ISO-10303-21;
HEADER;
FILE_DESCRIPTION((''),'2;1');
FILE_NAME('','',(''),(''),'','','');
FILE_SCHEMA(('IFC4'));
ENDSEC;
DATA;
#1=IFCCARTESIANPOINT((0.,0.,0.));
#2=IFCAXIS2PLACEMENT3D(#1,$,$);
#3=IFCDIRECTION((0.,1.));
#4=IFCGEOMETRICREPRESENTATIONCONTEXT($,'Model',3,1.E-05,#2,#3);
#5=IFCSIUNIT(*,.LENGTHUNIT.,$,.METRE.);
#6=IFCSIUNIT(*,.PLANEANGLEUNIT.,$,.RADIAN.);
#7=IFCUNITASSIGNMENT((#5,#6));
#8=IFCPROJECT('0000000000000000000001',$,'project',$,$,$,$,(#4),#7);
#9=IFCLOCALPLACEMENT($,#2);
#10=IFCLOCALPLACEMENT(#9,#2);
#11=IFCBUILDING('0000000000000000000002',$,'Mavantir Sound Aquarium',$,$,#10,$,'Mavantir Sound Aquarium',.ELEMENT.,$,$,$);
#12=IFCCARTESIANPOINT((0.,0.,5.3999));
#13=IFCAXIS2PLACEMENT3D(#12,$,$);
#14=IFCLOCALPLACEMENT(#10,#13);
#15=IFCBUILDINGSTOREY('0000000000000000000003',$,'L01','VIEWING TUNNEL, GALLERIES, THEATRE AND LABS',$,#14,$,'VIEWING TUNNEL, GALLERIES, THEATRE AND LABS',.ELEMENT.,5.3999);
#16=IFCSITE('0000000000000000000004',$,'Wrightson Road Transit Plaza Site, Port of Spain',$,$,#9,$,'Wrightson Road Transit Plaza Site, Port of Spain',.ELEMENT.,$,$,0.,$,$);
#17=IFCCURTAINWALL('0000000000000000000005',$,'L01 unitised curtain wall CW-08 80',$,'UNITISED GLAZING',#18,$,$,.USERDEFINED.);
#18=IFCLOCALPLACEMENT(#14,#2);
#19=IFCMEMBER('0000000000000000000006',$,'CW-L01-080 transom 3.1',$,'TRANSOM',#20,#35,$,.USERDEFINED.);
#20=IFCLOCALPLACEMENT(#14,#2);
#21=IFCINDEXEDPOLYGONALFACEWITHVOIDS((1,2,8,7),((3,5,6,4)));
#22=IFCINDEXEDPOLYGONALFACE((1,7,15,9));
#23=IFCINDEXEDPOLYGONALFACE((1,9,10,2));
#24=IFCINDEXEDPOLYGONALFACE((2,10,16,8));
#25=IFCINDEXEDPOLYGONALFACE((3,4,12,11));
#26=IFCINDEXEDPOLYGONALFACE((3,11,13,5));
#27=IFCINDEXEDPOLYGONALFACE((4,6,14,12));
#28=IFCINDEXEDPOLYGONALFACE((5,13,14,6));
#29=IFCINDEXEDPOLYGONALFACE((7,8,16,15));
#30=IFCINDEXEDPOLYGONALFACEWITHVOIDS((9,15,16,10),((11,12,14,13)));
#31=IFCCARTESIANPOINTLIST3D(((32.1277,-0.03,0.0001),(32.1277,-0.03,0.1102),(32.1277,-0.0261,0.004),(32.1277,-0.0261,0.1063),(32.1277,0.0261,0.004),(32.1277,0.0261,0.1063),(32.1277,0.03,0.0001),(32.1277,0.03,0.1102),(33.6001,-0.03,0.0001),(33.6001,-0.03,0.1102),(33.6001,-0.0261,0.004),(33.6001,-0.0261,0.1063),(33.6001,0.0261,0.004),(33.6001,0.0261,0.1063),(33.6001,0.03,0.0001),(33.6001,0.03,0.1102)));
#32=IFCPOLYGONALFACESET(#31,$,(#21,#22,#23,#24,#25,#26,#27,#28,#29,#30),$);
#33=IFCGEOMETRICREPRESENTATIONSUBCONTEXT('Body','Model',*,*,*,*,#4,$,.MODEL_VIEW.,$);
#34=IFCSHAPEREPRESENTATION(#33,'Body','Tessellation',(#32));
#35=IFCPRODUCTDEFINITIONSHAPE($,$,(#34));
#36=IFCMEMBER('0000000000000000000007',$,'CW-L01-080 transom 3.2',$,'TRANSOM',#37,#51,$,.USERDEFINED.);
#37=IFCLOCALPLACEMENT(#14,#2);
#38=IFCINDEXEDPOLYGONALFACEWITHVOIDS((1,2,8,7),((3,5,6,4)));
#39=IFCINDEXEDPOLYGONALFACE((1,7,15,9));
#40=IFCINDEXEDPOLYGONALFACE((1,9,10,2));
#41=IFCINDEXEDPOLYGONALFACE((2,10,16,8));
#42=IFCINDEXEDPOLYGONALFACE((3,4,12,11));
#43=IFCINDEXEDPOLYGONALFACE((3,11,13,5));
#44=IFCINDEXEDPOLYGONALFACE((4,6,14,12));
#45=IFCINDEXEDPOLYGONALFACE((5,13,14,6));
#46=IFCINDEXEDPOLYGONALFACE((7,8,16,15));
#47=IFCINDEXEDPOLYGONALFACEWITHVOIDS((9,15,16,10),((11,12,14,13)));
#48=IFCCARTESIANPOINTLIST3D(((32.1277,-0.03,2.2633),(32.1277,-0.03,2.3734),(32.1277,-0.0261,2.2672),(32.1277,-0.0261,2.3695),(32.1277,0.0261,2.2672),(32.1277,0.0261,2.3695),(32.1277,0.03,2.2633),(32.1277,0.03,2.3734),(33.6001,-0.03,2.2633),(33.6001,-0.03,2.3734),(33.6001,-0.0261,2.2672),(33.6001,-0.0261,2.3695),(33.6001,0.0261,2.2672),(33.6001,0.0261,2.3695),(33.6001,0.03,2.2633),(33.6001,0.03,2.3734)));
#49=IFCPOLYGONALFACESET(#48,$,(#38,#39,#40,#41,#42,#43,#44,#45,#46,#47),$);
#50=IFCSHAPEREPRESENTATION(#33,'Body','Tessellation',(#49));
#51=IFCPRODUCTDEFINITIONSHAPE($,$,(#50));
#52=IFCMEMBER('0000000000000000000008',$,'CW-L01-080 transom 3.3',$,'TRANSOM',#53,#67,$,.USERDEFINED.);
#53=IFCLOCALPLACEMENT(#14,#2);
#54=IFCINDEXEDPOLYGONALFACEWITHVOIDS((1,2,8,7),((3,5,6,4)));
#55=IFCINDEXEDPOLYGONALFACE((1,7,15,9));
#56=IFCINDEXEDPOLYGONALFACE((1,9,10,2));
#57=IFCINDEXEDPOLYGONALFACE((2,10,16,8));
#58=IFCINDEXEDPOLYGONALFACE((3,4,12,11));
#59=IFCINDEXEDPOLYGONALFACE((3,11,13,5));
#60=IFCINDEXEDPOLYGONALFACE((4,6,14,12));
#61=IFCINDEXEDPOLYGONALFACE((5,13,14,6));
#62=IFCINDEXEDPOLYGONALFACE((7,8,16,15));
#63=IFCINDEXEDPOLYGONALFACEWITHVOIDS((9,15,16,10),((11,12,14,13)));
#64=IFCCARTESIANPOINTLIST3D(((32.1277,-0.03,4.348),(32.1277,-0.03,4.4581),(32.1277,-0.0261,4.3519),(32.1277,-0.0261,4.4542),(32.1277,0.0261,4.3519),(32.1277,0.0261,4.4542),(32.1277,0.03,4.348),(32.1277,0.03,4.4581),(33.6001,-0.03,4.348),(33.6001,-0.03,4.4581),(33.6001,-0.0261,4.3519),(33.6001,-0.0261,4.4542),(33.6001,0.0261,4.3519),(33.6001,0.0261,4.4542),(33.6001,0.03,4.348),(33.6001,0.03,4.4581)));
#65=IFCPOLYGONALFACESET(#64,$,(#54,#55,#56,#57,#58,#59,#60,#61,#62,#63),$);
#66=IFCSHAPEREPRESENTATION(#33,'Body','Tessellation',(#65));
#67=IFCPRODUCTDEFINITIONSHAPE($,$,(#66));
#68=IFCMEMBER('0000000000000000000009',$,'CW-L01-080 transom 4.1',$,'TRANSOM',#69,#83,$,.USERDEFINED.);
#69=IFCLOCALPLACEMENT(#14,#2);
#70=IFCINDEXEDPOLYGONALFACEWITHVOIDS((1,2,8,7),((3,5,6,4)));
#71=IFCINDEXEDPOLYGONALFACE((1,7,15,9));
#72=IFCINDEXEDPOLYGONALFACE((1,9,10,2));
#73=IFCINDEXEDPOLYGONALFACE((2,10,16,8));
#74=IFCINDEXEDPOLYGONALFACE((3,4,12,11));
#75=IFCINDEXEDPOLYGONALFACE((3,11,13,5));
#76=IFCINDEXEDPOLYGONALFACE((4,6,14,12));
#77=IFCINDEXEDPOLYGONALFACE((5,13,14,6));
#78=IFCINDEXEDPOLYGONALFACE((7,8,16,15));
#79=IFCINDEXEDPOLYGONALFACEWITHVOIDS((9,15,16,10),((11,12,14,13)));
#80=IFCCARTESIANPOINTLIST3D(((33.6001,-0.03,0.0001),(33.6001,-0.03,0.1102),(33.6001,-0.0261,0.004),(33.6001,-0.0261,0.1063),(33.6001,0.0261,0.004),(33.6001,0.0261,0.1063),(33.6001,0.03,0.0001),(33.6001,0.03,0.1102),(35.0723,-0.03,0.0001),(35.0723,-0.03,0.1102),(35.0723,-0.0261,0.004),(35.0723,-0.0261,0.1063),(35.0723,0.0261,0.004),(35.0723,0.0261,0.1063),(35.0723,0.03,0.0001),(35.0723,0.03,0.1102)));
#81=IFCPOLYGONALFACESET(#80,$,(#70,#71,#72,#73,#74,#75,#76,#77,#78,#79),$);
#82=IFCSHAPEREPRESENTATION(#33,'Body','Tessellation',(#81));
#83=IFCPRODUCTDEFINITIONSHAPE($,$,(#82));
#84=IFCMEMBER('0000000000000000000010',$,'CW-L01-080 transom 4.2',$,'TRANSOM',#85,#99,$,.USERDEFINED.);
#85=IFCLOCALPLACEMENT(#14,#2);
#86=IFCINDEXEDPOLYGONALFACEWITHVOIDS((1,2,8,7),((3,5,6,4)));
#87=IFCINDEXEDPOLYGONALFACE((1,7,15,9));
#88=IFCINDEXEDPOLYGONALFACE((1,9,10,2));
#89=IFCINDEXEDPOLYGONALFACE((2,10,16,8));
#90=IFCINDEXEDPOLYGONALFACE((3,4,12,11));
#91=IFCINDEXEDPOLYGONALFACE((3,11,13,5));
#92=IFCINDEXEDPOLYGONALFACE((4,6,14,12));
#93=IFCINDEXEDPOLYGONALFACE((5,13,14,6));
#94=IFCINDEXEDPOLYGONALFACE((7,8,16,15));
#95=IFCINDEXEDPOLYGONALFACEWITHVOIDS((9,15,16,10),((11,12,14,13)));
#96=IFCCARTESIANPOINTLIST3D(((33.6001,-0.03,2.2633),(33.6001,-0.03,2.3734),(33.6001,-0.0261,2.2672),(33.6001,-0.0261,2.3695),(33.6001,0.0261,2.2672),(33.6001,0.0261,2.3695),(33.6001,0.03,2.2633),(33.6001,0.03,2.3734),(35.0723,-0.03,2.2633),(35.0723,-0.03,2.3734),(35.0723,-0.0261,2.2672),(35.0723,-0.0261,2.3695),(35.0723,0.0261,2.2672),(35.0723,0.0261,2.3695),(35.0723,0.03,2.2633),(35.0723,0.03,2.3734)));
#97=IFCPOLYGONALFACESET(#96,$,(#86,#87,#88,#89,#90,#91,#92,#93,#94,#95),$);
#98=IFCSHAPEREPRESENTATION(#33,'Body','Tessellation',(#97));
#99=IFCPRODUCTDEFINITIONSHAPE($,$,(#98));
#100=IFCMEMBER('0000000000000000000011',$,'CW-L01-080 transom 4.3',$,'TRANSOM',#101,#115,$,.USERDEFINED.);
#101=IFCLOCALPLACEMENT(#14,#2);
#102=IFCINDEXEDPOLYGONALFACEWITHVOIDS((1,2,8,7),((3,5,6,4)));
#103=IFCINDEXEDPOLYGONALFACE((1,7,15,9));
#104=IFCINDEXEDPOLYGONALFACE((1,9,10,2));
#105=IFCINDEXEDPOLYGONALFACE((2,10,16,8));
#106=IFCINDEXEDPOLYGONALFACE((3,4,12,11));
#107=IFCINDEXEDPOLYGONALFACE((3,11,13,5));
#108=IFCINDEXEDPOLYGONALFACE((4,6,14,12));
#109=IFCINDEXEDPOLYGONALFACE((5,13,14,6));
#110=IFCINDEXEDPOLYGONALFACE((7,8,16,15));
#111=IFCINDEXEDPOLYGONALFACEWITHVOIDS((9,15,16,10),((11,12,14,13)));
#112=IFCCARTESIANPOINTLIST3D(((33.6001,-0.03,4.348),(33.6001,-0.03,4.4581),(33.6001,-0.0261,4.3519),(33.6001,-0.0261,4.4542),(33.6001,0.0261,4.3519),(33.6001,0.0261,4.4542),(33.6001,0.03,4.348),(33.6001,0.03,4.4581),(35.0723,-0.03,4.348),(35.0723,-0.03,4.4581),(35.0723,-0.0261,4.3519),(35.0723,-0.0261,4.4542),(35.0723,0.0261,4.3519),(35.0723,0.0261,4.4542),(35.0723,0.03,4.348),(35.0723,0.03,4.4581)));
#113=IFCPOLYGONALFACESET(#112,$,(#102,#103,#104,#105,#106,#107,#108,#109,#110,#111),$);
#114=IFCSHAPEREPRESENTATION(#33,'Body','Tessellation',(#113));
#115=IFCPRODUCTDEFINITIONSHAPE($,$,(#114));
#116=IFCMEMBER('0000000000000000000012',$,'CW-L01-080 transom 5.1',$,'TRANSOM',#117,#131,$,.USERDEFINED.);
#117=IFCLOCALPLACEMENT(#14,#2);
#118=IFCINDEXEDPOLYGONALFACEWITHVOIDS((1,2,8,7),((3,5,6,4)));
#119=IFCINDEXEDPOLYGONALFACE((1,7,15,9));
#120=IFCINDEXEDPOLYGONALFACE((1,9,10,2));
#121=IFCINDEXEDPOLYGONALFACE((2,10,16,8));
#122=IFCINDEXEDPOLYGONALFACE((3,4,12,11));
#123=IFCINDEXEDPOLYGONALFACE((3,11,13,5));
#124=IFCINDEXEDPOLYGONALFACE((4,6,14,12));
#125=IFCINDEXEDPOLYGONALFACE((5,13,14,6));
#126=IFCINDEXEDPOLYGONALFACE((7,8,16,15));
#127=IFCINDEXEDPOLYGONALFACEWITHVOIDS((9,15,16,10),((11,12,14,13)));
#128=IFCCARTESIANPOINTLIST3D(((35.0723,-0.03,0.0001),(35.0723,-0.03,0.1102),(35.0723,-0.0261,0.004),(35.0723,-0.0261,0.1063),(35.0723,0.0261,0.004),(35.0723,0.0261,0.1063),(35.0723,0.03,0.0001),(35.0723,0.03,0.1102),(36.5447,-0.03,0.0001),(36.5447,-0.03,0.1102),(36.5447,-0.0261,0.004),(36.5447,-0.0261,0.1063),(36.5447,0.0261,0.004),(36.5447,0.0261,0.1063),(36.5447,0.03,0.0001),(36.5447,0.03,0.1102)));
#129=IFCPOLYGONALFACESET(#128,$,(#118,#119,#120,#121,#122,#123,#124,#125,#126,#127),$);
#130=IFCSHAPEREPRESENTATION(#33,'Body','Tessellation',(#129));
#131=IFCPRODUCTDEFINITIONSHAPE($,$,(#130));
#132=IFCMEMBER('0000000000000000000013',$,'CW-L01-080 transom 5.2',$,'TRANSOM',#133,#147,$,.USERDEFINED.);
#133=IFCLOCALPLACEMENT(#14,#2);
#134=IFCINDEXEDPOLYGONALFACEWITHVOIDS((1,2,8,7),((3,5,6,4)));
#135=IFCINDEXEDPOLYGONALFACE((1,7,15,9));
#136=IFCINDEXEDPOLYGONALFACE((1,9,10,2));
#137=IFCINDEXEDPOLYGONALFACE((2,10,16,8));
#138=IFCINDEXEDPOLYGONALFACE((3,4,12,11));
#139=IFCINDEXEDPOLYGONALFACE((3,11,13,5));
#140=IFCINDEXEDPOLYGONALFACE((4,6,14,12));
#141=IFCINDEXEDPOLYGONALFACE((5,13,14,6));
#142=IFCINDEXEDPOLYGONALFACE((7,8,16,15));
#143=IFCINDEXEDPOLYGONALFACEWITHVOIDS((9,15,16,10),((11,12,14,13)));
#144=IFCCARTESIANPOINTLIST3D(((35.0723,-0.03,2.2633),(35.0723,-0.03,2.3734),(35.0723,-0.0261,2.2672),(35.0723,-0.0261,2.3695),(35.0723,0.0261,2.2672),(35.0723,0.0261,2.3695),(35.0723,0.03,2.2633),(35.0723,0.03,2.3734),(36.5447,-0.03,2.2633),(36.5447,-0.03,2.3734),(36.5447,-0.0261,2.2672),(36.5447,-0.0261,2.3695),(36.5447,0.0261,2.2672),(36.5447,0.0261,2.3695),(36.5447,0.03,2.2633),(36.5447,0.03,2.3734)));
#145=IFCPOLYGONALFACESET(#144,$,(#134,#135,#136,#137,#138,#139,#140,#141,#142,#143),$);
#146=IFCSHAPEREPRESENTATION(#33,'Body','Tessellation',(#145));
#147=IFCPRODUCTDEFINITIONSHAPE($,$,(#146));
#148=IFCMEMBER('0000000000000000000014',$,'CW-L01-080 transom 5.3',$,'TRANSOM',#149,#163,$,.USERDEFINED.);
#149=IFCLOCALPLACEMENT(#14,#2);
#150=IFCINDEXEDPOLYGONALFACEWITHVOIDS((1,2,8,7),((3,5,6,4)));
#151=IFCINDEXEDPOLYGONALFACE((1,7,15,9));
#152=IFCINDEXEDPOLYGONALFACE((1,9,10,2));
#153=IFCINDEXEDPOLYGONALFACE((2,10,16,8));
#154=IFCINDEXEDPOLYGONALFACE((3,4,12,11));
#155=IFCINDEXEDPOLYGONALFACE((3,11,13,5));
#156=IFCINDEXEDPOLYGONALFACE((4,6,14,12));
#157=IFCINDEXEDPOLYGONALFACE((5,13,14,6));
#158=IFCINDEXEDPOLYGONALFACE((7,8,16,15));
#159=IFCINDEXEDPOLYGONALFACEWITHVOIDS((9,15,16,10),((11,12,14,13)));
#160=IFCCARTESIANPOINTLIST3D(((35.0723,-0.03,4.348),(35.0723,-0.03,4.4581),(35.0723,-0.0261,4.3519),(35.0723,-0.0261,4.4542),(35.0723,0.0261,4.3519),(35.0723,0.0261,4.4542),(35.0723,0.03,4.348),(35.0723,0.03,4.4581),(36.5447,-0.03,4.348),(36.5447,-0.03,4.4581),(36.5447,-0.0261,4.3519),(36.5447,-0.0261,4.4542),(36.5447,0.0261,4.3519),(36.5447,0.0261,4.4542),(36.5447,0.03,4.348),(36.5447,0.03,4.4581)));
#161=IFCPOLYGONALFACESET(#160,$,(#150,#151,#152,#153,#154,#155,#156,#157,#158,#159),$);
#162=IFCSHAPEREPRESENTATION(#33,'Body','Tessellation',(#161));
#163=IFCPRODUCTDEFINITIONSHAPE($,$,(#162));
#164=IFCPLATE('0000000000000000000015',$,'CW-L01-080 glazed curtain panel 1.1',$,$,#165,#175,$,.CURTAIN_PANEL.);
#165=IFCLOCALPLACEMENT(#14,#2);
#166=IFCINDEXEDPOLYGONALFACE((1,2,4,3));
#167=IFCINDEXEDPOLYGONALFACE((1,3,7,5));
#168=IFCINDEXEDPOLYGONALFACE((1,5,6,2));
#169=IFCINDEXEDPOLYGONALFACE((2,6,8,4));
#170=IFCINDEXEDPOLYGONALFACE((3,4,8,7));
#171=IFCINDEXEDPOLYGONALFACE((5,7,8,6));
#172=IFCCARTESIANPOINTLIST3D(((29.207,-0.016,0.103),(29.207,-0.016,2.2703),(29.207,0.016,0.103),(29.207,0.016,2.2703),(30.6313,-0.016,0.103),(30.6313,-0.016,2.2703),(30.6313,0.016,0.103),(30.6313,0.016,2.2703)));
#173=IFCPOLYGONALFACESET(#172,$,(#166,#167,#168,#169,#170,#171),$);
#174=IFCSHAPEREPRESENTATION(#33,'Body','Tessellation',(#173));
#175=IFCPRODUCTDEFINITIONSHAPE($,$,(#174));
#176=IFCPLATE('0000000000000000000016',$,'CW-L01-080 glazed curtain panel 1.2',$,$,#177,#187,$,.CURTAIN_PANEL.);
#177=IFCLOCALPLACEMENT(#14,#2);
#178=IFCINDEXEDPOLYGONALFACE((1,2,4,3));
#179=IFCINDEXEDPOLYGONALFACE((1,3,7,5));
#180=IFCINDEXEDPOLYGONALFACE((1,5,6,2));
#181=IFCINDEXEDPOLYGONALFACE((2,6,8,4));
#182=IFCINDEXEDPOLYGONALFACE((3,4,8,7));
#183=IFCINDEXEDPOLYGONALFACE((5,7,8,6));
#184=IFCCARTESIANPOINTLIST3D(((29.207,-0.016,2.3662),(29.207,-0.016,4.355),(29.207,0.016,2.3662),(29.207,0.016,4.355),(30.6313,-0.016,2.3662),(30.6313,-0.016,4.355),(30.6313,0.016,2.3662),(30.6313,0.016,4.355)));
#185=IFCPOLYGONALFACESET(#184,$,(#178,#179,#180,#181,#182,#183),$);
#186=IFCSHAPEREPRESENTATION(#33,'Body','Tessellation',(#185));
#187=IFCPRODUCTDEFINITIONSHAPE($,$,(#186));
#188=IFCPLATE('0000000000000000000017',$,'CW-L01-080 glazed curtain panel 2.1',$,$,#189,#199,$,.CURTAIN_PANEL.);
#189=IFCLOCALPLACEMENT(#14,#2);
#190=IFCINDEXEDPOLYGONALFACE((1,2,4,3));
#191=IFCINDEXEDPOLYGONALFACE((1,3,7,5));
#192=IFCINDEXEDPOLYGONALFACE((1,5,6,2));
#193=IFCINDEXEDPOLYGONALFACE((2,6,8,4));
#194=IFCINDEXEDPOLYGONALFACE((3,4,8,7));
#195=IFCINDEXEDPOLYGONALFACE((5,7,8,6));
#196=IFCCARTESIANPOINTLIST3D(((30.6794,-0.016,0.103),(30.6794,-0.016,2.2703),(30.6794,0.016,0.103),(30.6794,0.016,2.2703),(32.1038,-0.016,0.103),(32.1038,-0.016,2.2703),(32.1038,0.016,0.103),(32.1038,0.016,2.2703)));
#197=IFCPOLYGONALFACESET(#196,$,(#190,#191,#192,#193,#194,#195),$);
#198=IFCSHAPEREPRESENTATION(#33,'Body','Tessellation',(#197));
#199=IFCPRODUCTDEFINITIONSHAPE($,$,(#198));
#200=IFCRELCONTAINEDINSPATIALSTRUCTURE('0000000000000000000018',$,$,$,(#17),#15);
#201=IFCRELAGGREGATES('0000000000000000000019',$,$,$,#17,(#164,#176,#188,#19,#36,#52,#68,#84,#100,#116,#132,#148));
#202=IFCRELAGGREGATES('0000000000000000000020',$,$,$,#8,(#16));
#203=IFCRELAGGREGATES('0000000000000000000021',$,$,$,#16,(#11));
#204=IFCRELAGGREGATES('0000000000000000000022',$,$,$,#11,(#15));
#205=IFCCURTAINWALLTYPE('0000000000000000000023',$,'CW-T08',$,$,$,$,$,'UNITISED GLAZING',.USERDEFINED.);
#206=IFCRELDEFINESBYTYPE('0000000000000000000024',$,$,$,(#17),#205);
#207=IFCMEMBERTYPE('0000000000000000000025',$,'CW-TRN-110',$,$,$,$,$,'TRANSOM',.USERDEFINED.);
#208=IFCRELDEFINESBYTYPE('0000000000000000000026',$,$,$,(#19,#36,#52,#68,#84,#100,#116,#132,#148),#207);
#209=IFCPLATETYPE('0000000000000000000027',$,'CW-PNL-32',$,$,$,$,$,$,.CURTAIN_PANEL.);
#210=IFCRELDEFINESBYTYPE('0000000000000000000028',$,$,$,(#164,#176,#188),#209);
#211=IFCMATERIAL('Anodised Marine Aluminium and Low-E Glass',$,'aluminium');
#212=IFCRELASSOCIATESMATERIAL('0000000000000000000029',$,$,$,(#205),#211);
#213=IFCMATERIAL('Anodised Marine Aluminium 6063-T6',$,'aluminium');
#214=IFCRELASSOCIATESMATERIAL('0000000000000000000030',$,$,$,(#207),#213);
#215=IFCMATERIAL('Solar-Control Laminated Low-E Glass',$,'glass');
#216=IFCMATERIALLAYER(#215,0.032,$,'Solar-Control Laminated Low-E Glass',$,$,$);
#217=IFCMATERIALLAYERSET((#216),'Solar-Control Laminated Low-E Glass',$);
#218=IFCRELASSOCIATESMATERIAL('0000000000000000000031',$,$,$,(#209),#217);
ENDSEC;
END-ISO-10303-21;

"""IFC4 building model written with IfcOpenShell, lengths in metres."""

from ifc_helpers import new_model, si_unit, direction, frame, origin, origin_2d, place, context, subcontext, project, spatial, rectangle, hollow_rectangle, extrude, material, layer, layer_set, material_profile, profile_set, type_object, element, aggregate, save


model = new_model("IFC4")

# Units and contexts
model_context = context("Model", 3, precision=1e-05, world=origin(), true_north=direction((0.0, 1.0)))
body_context = subcontext(model_context, "Body", "Model", "MODEL_VIEW")
ifc_project = project(units=[si_unit("LENGTHUNIT", "METRE"), si_unit("PLANEANGLEUNIT", "RADIAN")], contexts=[model_context])

# Site, building, storey
site_placement = place(None, origin())
site = spatial("IfcSite", under=ifc_project, at=site_placement, Name="Wrightson Road Transit Plaza Site, Port of Spain", LongName="Wrightson Road Transit Plaza Site, Port of Spain", CompositionType="ELEMENT", RefElevation=0.0)
building_placement = place(site_placement, origin())
building = spatial("IfcBuilding", under=site, at=building_placement, Name="Mavantir Sound Aquarium", LongName="Mavantir Sound Aquarium", CompositionType="ELEMENT")
storey_placement = place(building_placement, frame((0.0, 0.0, 5.3999)))
storey = spatial("IfcBuildingStorey", under=building, at=storey_placement, Name="L01", Description="VIEWING TUNNEL, GALLERIES, THEATRE AND LABS", LongName="VIEWING TUNNEL, GALLERIES, THEATRE AND LABS", CompositionType="ELEMENT", Elevation=5.3999)

# Curtain wall, members, plates
ifc_material_1 = material(Name="Anodised Marine Aluminium and Low-E Glass", Category="aluminium")
curtain_wall_type = type_object("IfcCurtainWallType", Name="CW-T08", ElementType="UNITISED GLAZING", PredefinedType="USERDEFINED", material=ifc_material_1)
curtain_wall_placement = place(storey_placement, origin())
curtain_wall = element("IfcCurtainWall", 1, at=curtain_wall_placement, inside=storey, type_object=curtain_wall_type, Name="L01 unitised curtain wall CW-08 80", ObjectType="UNITISED GLAZING", PredefinedType="USERDEFINED")
ifc_material_2 = material(Name="Anodised Marine Aluminium 6063-T6", Category="aluminium")
ifc_material_profile_1 = material_profile(ifc_material_2, hollow_rectangle(XDim=0.0601, YDim=0.1101, WallThickness=0.0039, at=origin_2d()), Name="ALU-TRANSOM-110X60")
ifc_profile_set_1 = profile_set([ifc_material_profile_1], Name="Anodised Marine Aluminium 6063-T6")
member_type_1 = type_object("IfcMemberType", Name="CW-TRN-110", ElementType="TRANSOM", PredefinedType="USERDEFINED", material=ifc_profile_set_1)
member_1_placement = place(storey_placement, frame((32.1277, 0.0, 0.0552), z_axis=(1.0, 0.0, 0.0), x_axis=(0.0, 1.0, 0.0)))
member_1 = element("IfcMember", 2, at=member_1_placement, type_object=member_type_1, Name="CW-L01-080 transom 3.1", ObjectType="TRANSOM", PredefinedType="USERDEFINED", context=body_context, shape_type="SweptSolid", body=[
    extrude(hollow_rectangle(XDim=0.0601, YDim=0.1101, WallThickness=0.0039, at=origin_2d()), origin(), (0.0, 0.0, 1.0), 1.4724),
])
member_2_placement = place(storey_placement, frame((32.1277, 0.0, 2.3184), z_axis=(1.0, 0.0, 0.0), x_axis=(0.0, 1.0, 0.0)))
member_2 = element("IfcMember", 3, at=member_2_placement, type_object=member_type_1, Name="CW-L01-080 transom 3.2", ObjectType="TRANSOM", PredefinedType="USERDEFINED", context=body_context, shape_type="SweptSolid", body=[
    extrude(hollow_rectangle(XDim=0.0601, YDim=0.1101, WallThickness=0.0039, at=origin_2d()), origin(), (0.0, 0.0, 1.0), 1.4724),
])
member_3_placement = place(storey_placement, frame((32.1277, 0.0, 4.4031), z_axis=(1.0, 0.0, 0.0), x_axis=(0.0, 1.0, 0.0)))
member_3 = element("IfcMember", 4, at=member_3_placement, type_object=member_type_1, Name="CW-L01-080 transom 3.3", ObjectType="TRANSOM", PredefinedType="USERDEFINED", context=body_context, shape_type="SweptSolid", body=[
    extrude(hollow_rectangle(XDim=0.0601, YDim=0.1101, WallThickness=0.0039, at=origin_2d()), origin(), (0.0, 0.0, 1.0), 1.4724),
])
member_4_placement = place(storey_placement, frame((33.6001, 0.0, 0.0552), z_axis=(1.0, 0.0, 0.0), x_axis=(0.0, 1.0, 0.0)))
member_4 = element("IfcMember", 5, at=member_4_placement, type_object=member_type_1, Name="CW-L01-080 transom 4.1", ObjectType="TRANSOM", PredefinedType="USERDEFINED", context=body_context, shape_type="SweptSolid", body=[
    extrude(hollow_rectangle(XDim=0.0601, YDim=0.1101, WallThickness=0.0039, at=origin_2d()), origin(), (0.0, 0.0, 1.0), 1.4722),
])
member_5_placement = place(storey_placement, frame((33.6001, 0.0, 2.3184), z_axis=(1.0, 0.0, 0.0), x_axis=(0.0, 1.0, 0.0)))
member_5 = element("IfcMember", 6, at=member_5_placement, type_object=member_type_1, Name="CW-L01-080 transom 4.2", ObjectType="TRANSOM", PredefinedType="USERDEFINED", context=body_context, shape_type="SweptSolid", body=[
    extrude(hollow_rectangle(XDim=0.0601, YDim=0.1101, WallThickness=0.0039, at=origin_2d()), origin(), (0.0, 0.0, 1.0), 1.4722),
])
member_6_placement = place(storey_placement, frame((33.6001, 0.0, 4.4031), z_axis=(1.0, 0.0, 0.0), x_axis=(0.0, 1.0, 0.0)))
member_6 = element("IfcMember", 7, at=member_6_placement, type_object=member_type_1, Name="CW-L01-080 transom 4.3", ObjectType="TRANSOM", PredefinedType="USERDEFINED", context=body_context, shape_type="SweptSolid", body=[
    extrude(hollow_rectangle(XDim=0.0601, YDim=0.1101, WallThickness=0.0039, at=origin_2d()), origin(), (0.0, 0.0, 1.0), 1.4722),
])
member_7_placement = place(storey_placement, frame((35.0723, 0.0, 0.0552), z_axis=(1.0, 0.0, 0.0), x_axis=(0.0, 1.0, 0.0)))
member_7 = element("IfcMember", 8, at=member_7_placement, type_object=member_type_1, Name="CW-L01-080 transom 5.1", ObjectType="TRANSOM", PredefinedType="USERDEFINED", context=body_context, shape_type="SweptSolid", body=[
    extrude(hollow_rectangle(XDim=0.0601, YDim=0.1101, WallThickness=0.0039, at=origin_2d()), origin(), (0.0, 0.0, 1.0), 1.4724),
])
member_8_placement = place(storey_placement, frame((35.0723, 0.0, 2.3184), z_axis=(1.0, 0.0, 0.0), x_axis=(0.0, 1.0, 0.0)))
member_8 = element("IfcMember", 9, at=member_8_placement, type_object=member_type_1, Name="CW-L01-080 transom 5.2", ObjectType="TRANSOM", PredefinedType="USERDEFINED", context=body_context, shape_type="SweptSolid", body=[
    extrude(hollow_rectangle(XDim=0.0601, YDim=0.1101, WallThickness=0.0039, at=origin_2d()), origin(), (0.0, 0.0, 1.0), 1.4724),
])
member_9_placement = place(storey_placement, frame((35.0723, 0.0, 4.4031), z_axis=(1.0, 0.0, 0.0), x_axis=(0.0, 1.0, 0.0)))
member_9 = element("IfcMember", 10, at=member_9_placement, type_object=member_type_1, Name="CW-L01-080 transom 5.3", ObjectType="TRANSOM", PredefinedType="USERDEFINED", context=body_context, shape_type="SweptSolid", body=[
    extrude(hollow_rectangle(XDim=0.0601, YDim=0.1101, WallThickness=0.0039, at=origin_2d()), origin(), (0.0, 0.0, 1.0), 1.4724),
])
ifc_material_3 = material(Name="Solar-Control Laminated Low-E Glass", Category="glass")
ifc_layer = layer(ifc_material_3, 0.032, Name="Solar-Control Laminated Low-E Glass")
ifc_layer_set = layer_set([ifc_layer], Name="Solar-Control Laminated Low-E Glass")
plate_type = type_object("IfcPlateType", Name="CW-PNL-32", PredefinedType="CURTAIN_PANEL", material=ifc_layer_set)
plate_1_placement = place(storey_placement, frame((29.9192, 0.0, 0.103), z_axis=(0.0, 0.0, 1.0), x_axis=(1.0, 0.0, 0.0)))
plate_1 = element("IfcPlate", 11, at=plate_1_placement, type_object=plate_type, Name="CW-L01-080 glazed curtain panel 1.1", PredefinedType="CURTAIN_PANEL", context=body_context, shape_type="SweptSolid", body=[
    extrude(rectangle(XDim=1.4243, YDim=0.032, at=origin_2d()), origin(), (0.0, 0.0, 1.0), 2.1672),
])
plate_2_placement = place(storey_placement, frame((29.9192, 0.0, 2.3662), z_axis=(0.0, 0.0, 1.0), x_axis=(1.0, 0.0, 0.0)))
plate_2 = element("IfcPlate", 12, at=plate_2_placement, type_object=plate_type, Name="CW-L01-080 glazed curtain panel 1.2", PredefinedType="CURTAIN_PANEL", context=body_context, shape_type="SweptSolid", body=[
    extrude(rectangle(XDim=1.4243, YDim=0.032, at=origin_2d()), origin(), (0.0, 0.0, 1.0), 1.9888),
])
plate_3_placement = place(storey_placement, frame((31.3916, 0.0, 0.103), z_axis=(0.0, 0.0, 1.0), x_axis=(1.0, 0.0, 0.0)))
plate_3 = element("IfcPlate", 13, at=plate_3_placement, type_object=plate_type, Name="CW-L01-080 glazed curtain panel 2.1", PredefinedType="CURTAIN_PANEL", context=body_context, shape_type="SweptSolid", body=[
    extrude(rectangle(XDim=1.4243, YDim=0.032, at=origin_2d()), origin(), (0.0, 0.0, 1.0), 2.1672),
])
aggregate(curtain_wall, [plate_1, plate_2, plate_3, member_1, member_2, member_3, member_4, member_5, member_6, member_7, member_8, member_9])

save(model, "model.ifc")
